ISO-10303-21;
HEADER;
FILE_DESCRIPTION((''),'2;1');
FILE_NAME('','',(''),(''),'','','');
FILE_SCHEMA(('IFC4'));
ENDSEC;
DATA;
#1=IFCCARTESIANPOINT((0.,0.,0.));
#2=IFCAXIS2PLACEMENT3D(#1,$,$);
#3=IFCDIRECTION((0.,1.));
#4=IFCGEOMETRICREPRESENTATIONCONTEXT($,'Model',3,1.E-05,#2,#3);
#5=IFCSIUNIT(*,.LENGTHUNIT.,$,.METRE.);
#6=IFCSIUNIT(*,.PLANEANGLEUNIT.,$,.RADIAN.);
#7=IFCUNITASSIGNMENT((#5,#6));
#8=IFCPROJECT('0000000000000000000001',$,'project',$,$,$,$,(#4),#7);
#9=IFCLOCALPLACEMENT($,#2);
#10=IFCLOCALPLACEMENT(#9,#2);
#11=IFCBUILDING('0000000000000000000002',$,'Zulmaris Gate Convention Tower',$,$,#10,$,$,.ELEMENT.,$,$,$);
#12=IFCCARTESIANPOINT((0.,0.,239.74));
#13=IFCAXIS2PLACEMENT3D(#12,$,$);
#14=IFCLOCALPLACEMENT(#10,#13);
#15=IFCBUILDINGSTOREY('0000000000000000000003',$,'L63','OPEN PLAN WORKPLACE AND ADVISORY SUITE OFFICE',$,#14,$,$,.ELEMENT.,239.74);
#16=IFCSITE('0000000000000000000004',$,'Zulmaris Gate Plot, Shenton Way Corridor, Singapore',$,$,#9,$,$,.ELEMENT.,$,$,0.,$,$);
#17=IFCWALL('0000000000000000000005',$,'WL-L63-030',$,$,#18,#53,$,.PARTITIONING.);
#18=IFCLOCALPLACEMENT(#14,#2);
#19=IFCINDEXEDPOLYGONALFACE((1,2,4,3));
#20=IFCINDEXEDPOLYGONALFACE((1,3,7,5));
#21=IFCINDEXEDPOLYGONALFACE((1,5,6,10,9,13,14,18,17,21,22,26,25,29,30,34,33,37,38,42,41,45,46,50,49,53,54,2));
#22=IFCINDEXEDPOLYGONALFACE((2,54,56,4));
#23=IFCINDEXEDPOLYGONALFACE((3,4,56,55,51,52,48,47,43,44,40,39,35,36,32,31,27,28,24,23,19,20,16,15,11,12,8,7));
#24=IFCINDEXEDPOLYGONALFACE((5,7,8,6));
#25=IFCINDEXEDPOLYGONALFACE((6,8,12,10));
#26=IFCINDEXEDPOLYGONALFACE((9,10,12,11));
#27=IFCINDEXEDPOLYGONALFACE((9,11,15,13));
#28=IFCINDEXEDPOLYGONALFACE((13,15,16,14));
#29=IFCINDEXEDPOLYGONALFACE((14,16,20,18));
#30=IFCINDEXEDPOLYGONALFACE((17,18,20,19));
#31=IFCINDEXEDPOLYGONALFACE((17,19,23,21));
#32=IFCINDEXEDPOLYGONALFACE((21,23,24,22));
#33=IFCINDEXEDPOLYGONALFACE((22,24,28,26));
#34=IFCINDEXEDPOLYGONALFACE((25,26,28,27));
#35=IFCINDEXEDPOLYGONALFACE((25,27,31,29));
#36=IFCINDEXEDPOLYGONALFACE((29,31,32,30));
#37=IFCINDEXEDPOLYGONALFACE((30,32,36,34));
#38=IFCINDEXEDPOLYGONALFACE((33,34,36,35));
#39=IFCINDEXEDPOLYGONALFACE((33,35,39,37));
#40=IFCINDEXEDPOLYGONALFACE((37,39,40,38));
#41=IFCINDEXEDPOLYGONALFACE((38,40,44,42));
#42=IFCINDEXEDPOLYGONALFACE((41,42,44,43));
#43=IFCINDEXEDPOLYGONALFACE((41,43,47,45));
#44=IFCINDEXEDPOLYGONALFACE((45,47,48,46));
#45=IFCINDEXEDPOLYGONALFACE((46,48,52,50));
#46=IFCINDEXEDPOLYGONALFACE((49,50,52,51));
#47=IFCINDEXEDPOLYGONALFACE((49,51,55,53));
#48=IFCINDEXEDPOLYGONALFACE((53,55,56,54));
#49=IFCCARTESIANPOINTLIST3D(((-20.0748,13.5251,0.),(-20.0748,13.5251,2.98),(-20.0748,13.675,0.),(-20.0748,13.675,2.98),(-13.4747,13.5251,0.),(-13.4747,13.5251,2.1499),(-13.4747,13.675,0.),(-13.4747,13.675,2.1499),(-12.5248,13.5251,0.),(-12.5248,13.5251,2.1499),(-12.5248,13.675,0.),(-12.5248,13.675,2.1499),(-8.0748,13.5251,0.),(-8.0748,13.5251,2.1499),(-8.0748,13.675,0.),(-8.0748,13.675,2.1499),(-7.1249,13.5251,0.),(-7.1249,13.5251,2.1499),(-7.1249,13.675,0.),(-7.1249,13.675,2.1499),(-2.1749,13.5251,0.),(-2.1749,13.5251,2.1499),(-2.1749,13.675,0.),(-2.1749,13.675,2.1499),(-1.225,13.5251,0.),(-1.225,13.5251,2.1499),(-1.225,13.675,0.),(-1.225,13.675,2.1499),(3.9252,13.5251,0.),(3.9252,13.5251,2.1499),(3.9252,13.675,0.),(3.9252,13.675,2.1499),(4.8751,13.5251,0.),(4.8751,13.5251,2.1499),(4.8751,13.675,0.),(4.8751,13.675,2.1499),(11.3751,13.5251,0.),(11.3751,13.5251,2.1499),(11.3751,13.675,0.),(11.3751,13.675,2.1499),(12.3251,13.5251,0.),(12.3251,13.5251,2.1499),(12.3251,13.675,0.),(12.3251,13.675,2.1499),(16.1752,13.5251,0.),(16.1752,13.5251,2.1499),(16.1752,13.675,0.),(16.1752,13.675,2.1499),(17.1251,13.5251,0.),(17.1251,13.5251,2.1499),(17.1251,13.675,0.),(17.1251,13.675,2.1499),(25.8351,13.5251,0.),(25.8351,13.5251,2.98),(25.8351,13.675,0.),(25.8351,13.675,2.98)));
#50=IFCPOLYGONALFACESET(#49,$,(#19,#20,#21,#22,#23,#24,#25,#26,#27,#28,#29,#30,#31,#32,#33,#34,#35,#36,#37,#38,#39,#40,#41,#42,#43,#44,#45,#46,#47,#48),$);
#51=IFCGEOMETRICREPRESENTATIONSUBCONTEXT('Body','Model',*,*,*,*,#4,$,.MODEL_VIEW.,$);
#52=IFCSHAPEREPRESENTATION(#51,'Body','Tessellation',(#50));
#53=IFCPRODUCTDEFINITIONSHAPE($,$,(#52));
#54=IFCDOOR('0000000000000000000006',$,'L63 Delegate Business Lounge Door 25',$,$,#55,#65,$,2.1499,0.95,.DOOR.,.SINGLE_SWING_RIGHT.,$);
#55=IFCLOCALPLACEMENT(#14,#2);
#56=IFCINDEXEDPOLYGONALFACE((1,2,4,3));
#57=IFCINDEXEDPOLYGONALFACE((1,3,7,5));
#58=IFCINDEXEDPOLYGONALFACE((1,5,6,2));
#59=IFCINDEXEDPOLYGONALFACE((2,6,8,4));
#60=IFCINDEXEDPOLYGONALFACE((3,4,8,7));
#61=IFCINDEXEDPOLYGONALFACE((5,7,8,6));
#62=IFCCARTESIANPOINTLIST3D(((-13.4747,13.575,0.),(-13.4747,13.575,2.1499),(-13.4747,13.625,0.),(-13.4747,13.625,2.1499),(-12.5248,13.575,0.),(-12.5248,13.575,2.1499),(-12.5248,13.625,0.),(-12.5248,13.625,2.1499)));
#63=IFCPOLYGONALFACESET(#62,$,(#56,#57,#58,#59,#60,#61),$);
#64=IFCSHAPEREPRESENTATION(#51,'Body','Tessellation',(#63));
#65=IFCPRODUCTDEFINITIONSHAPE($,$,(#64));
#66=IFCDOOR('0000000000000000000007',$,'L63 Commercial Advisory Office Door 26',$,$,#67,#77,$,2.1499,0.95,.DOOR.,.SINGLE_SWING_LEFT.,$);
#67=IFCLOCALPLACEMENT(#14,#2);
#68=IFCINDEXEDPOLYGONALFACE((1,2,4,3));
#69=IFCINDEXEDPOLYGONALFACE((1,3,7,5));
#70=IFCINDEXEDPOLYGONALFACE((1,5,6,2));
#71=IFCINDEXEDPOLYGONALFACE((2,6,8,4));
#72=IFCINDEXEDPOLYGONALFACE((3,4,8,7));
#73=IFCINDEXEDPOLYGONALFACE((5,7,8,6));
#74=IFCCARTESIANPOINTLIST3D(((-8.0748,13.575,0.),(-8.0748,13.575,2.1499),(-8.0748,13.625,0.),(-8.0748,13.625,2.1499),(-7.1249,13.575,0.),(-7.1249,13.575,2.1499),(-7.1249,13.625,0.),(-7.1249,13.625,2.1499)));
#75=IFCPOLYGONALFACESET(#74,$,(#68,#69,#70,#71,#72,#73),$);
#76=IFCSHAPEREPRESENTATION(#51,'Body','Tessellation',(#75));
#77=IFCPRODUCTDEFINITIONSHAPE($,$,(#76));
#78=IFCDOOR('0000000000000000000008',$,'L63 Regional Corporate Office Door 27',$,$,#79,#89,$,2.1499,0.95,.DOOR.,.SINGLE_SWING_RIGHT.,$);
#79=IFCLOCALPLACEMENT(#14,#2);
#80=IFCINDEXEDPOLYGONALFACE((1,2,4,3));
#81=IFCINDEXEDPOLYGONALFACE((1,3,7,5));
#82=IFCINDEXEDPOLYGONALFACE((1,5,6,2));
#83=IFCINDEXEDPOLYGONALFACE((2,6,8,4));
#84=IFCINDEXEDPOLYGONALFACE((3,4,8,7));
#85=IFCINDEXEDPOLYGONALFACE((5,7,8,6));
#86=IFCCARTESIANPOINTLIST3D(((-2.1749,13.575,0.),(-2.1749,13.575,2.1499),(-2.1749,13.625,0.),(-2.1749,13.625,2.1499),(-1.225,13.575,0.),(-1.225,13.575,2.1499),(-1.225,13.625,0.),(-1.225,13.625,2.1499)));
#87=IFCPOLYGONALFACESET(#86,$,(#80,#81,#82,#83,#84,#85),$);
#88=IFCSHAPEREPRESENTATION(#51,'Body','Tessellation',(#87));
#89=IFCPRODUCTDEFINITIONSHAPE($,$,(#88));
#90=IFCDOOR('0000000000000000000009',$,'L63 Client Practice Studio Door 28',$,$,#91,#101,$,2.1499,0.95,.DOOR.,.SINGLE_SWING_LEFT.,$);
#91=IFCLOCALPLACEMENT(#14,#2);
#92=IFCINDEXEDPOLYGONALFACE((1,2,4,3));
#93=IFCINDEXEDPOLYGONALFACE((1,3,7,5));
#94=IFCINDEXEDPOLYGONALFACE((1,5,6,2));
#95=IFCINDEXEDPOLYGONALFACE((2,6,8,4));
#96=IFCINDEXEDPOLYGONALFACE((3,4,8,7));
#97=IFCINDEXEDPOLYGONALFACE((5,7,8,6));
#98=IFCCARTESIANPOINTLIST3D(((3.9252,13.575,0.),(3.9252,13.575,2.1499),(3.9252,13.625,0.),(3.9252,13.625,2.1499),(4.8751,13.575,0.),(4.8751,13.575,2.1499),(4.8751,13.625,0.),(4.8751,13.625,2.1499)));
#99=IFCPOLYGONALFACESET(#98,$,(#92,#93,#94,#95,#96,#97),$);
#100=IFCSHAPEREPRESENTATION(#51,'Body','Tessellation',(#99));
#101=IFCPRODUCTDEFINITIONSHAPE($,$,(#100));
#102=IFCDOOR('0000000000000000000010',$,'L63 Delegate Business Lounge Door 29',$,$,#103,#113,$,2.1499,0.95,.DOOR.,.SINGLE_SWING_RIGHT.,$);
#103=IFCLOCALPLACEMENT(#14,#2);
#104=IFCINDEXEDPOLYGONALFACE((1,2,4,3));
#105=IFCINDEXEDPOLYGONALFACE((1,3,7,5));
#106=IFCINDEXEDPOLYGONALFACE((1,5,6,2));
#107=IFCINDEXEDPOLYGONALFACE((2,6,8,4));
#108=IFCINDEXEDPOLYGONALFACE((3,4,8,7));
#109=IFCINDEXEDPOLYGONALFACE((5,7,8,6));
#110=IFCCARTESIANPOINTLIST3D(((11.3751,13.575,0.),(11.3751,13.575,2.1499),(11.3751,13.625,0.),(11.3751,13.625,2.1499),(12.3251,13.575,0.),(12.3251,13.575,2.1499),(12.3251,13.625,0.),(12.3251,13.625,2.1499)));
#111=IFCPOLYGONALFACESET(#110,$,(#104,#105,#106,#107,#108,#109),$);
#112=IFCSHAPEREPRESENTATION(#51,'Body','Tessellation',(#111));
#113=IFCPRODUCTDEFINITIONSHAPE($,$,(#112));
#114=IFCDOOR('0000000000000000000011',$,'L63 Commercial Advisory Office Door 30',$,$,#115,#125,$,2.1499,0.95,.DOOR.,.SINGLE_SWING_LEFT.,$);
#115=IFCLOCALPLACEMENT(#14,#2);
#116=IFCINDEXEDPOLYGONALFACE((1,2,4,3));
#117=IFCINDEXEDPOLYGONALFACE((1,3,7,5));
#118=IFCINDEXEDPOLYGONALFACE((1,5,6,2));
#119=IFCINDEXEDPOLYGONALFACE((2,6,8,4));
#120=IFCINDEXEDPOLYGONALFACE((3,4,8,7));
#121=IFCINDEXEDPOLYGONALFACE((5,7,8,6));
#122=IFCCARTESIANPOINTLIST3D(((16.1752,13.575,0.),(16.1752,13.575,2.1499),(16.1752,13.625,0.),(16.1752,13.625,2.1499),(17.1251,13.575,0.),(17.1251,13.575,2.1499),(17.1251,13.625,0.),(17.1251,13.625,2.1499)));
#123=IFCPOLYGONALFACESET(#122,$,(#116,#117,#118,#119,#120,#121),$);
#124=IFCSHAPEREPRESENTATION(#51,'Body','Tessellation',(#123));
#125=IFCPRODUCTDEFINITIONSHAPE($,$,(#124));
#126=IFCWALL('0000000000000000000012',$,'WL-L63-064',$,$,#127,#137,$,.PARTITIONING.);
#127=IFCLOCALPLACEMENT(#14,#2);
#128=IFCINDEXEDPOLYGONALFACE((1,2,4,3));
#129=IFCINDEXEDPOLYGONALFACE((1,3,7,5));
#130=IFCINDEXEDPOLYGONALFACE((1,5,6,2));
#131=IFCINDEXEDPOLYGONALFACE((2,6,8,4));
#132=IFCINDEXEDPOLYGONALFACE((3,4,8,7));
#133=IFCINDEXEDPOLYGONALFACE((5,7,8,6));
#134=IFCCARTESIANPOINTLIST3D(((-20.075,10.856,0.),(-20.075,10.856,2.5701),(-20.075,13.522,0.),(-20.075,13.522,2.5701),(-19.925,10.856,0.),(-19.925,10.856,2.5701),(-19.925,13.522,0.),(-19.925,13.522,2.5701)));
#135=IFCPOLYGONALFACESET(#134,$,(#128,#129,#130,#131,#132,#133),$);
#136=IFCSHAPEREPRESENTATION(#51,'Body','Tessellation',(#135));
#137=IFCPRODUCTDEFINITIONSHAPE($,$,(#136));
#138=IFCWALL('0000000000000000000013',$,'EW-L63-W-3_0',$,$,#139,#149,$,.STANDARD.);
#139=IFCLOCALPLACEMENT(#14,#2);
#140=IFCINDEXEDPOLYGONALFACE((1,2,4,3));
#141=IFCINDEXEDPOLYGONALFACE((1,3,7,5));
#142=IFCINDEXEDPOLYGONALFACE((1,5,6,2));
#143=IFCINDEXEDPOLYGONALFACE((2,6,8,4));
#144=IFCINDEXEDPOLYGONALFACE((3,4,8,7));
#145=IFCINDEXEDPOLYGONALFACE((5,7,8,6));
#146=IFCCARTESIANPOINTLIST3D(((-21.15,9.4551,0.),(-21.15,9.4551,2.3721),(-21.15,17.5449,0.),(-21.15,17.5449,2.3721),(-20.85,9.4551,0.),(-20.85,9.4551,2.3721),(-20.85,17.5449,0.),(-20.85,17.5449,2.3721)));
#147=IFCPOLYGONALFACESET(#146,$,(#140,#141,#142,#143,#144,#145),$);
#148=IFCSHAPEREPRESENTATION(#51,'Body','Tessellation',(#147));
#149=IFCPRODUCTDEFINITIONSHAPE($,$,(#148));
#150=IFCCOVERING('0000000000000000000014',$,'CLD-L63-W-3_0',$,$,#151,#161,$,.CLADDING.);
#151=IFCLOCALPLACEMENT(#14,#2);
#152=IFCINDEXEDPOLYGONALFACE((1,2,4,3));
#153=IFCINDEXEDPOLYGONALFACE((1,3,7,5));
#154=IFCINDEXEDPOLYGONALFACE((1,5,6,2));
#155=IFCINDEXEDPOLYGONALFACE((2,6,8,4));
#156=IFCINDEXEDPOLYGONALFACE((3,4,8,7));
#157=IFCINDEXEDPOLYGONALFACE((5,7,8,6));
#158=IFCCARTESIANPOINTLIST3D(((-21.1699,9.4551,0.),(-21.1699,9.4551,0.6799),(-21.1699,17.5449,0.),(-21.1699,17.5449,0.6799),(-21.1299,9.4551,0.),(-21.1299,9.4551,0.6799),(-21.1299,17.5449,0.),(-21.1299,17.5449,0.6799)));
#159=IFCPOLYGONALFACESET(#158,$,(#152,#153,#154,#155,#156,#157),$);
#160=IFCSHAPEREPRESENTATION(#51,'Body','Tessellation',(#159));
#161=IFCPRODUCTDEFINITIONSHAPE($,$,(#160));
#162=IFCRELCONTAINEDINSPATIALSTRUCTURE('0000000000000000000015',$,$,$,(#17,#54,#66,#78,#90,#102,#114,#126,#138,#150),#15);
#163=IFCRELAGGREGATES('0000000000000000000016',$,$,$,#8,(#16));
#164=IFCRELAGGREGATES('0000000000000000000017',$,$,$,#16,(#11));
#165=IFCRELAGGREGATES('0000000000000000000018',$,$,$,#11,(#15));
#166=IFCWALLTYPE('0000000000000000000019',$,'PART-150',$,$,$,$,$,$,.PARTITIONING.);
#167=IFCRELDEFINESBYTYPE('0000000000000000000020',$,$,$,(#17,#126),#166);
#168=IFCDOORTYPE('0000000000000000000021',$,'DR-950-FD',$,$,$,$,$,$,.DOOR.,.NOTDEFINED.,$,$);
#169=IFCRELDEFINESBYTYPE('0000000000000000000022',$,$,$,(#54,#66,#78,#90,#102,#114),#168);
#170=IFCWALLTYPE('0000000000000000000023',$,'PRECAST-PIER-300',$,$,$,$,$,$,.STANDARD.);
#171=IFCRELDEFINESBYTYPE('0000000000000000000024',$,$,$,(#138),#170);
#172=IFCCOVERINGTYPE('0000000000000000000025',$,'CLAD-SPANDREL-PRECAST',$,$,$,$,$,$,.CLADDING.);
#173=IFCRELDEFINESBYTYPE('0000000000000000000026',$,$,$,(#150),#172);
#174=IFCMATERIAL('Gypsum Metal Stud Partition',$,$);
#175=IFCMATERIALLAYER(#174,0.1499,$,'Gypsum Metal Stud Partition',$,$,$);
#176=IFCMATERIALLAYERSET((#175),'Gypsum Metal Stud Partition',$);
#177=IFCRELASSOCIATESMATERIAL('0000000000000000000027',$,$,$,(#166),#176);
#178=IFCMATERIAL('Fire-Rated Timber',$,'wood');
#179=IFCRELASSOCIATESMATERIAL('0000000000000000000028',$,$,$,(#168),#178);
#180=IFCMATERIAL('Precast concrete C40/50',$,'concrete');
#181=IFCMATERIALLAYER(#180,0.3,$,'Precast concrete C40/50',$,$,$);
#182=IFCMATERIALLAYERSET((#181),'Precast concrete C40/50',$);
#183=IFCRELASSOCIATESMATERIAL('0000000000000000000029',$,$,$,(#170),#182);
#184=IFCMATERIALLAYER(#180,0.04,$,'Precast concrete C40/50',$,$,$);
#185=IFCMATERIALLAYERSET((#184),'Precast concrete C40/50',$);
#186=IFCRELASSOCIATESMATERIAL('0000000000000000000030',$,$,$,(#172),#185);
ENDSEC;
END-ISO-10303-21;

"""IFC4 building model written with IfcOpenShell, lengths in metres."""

from ifc_helpers import new_model, si_unit, direction, frame, frame_2d, origin, place, context, subcontext, project, spatial, rectangle, extrude, material, layer, layer_set, type_object, element, fill, save


model = new_model("IFC4")

# Units and contexts
model_context = context("Model", 3, precision=1e-05, world=origin(), true_north=direction((0.0, 1.0)))
body_context = subcontext(model_context, "Body", "Model", "MODEL_VIEW")
ifc_project = project(units=[si_unit("LENGTHUNIT", "METRE"), si_unit("PLANEANGLEUNIT", "RADIAN")], contexts=[model_context])

# Site, building, storey
site_placement = place(None, origin())
site = spatial("IfcSite", under=ifc_project, at=site_placement, Name="Zulmaris Gate Plot, Shenton Way Corridor, Singapore", CompositionType="ELEMENT", RefElevation=0.0)
building_placement = place(site_placement, origin())
building = spatial("IfcBuilding", under=site, at=building_placement, Name="Zulmaris Gate Convention Tower", CompositionType="ELEMENT")
storey_placement = place(building_placement, frame((0.0, 0.0, 239.74)))
storey = spatial("IfcBuildingStorey", under=building, at=storey_placement, Name="L63", Description="OPEN PLAN WORKPLACE AND ADVISORY SUITE OFFICE", CompositionType="ELEMENT", Elevation=239.74)

# Wall, openings, doors
ifc_material_1 = material(Name="Gypsum Metal Stud Partition")
ifc_layer_1 = layer(ifc_material_1, 0.1499, Name="Gypsum Metal Stud Partition")
ifc_layer_set_1 = layer_set([ifc_layer_1], Name="Gypsum Metal Stud Partition")
wall_type_1 = type_object("IfcWallType", Name="PART-150", PredefinedType="PARTITIONING", material=ifc_layer_set_1)
wall_1_placement = place(storey_placement, frame((-20.075, 13.6001, 0.0), z_axis=(0.0, 0.0, 1.0), x_axis=(1.0, 0.0, 0.0)))
wall_1 = element("IfcWall", 1, at=wall_1_placement, inside=storey, type_object=wall_type_1, Name="WL-L63-030", PredefinedType="PARTITIONING", context=body_context, shape_type="SweptSolid", body=[
    extrude(rectangle(XDim=45.9099, YDim=0.1499, at=frame_2d((22.9551, 0.0))), origin(), (0.0, 0.0, 1.0), 2.98),
])
opening_1_placement = place(wall_1_placement, frame((6.6001, 0.0, 0.0)))
opening_1 = element("IfcOpeningElement", 2, at=opening_1_placement, cuts=wall_1, PredefinedType="OPENING", context=body_context, shape_type="SweptSolid", body=[
    extrude(rectangle(XDim=0.95, YDim=2.1499, at=frame_2d((0.4751, 1.075))), frame((0.0, 0.085, 0.0), z_axis=(0.0, -1.0, 0.0), x_axis=(1.0, 0.0, 0.0)), (0.0, 0.0, 1.0), 0.1699),
])
opening_2_placement = place(wall_1_placement, frame((12.0, 0.0, 0.0)))
opening_2 = element("IfcOpeningElement", 3, at=opening_2_placement, cuts=wall_1, PredefinedType="OPENING", context=body_context, shape_type="SweptSolid", body=[
    extrude(rectangle(XDim=0.95, YDim=2.1499, at=frame_2d((0.4751, 1.075))), frame((0.0, 0.085, 0.0), z_axis=(0.0, -1.0, 0.0), x_axis=(1.0, 0.0, 0.0)), (0.0, 0.0, 1.0), 0.1699),
])
opening_3_placement = place(wall_1_placement, frame((17.8999, 0.0, 0.0)))
opening_3 = element("IfcOpeningElement", 4, at=opening_3_placement, cuts=wall_1, PredefinedType="OPENING", context=body_context, shape_type="SweptSolid", body=[
    extrude(rectangle(XDim=0.95, YDim=2.1499, at=frame_2d((0.4751, 1.075))), frame((0.0, 0.085, 0.0), z_axis=(0.0, -1.0, 0.0), x_axis=(1.0, 0.0, 0.0)), (0.0, 0.0, 1.0), 0.1699),
])
opening_4_placement = place(wall_1_placement, frame((24.0, 0.0, 0.0)))
opening_4 = element("IfcOpeningElement", 5, at=opening_4_placement, cuts=wall_1, PredefinedType="OPENING", context=body_context, shape_type="SweptSolid", body=[
    extrude(rectangle(XDim=0.95, YDim=2.1499, at=frame_2d((0.4751, 1.075))), frame((0.0, 0.085, 0.0), z_axis=(0.0, -1.0, 0.0), x_axis=(1.0, 0.0, 0.0)), (0.0, 0.0, 1.0), 0.1699),
])
opening_5_placement = place(wall_1_placement, frame((31.45, 0.0, 0.0)))
opening_5 = element("IfcOpeningElement", 6, at=opening_5_placement, cuts=wall_1, PredefinedType="OPENING", context=body_context, shape_type="SweptSolid", body=[
    extrude(rectangle(XDim=0.95, YDim=2.1499, at=frame_2d((0.4751, 1.075))), frame((0.0, 0.085, 0.0), z_axis=(0.0, -1.0, 0.0), x_axis=(1.0, 0.0, 0.0)), (0.0, 0.0, 1.0), 0.1699),
])
opening_6_placement = place(wall_1_placement, frame((36.25, 0.0, 0.0)))
opening_6 = element("IfcOpeningElement", 7, at=opening_6_placement, cuts=wall_1, PredefinedType="OPENING", context=body_context, shape_type="SweptSolid", body=[
    extrude(rectangle(XDim=0.95, YDim=2.1499, at=frame_2d((0.4751, 1.075))), frame((0.0, 0.085, 0.0), z_axis=(0.0, -1.0, 0.0), x_axis=(1.0, 0.0, 0.0)), (0.0, 0.0, 1.0), 0.1699),
])
ifc_material_2 = material(Name="Fire-Rated Timber", Category="wood")
door_type_1 = type_object("IfcDoorType", Name="DR-950-FD", OperationType="NOTDEFINED", PredefinedType="DOOR", material=ifc_material_2)
door_1_placement = place(opening_1_placement, origin())
door_1 = element("IfcDoor", 8, at=door_1_placement, inside=storey, type_object=door_type_1, Name="L63 Delegate Business Lounge Door 25", OperationType="SINGLE_SWING_RIGHT", OverallHeight=2.1499, OverallWidth=0.95, PredefinedType="DOOR", context=body_context, shape_type="SweptSolid", body=[
    extrude(rectangle(XDim=0.95, YDim=2.1499, at=frame_2d((0.4751, 1.075))), frame((0.0, 0.0249, 0.0), z_axis=(0.0, -1.0, 0.0), x_axis=(1.0, 0.0, 0.0)), (0.0, 0.0, 1.0), 0.05),
])
fill(opening_1, door_1)
door_2_placement = place(opening_2_placement, origin())
door_2 = element("IfcDoor", 9, at=door_2_placement, inside=storey, type_object=door_type_1, Name="L63 Commercial Advisory Office Door 26", OperationType="SINGLE_SWING_LEFT", OverallHeight=2.1499, OverallWidth=0.95, PredefinedType="DOOR", context=body_context, shape_type="SweptSolid", body=[
    extrude(rectangle(XDim=0.95, YDim=2.1499, at=frame_2d((0.4751, 1.075))), frame((0.0, 0.0249, 0.0), z_axis=(0.0, -1.0, 0.0), x_axis=(1.0, 0.0, 0.0)), (0.0, 0.0, 1.0), 0.05),
])
fill(opening_2, door_2)
door_3_placement = place(opening_3_placement, origin())
door_3 = element("IfcDoor", 10, at=door_3_placement, inside=storey, type_object=door_type_1, Name="L63 Regional Corporate Office Door 27", OperationType="SINGLE_SWING_RIGHT", OverallHeight=2.1499, OverallWidth=0.95, PredefinedType="DOOR", context=body_context, shape_type="SweptSolid", body=[
    extrude(rectangle(XDim=0.95, YDim=2.1499, at=frame_2d((0.4751, 1.075))), frame((0.0, 0.0249, 0.0), z_axis=(0.0, -1.0, 0.0), x_axis=(1.0, 0.0, 0.0)), (0.0, 0.0, 1.0), 0.05),
])
fill(opening_3, door_3)
door_4_placement = place(opening_4_placement, origin())
door_4 = element("IfcDoor", 11, at=door_4_placement, inside=storey, type_object=door_type_1, Name="L63 Client Practice Studio Door 28", OperationType="SINGLE_SWING_LEFT", OverallHeight=2.1499, OverallWidth=0.95, PredefinedType="DOOR", context=body_context, shape_type="SweptSolid", body=[
    extrude(rectangle(XDim=0.95, YDim=2.1499, at=frame_2d((0.4751, 1.075))), frame((0.0, 0.0249, 0.0), z_axis=(0.0, -1.0, 0.0), x_axis=(1.0, 0.0, 0.0)), (0.0, 0.0, 1.0), 0.05),
])
fill(opening_4, door_4)
door_5_placement = place(opening_5_placement, origin())
door_5 = element("IfcDoor", 12, at=door_5_placement, inside=storey, type_object=door_type_1, Name="L63 Delegate Business Lounge Door 29", OperationType="SINGLE_SWING_RIGHT", OverallHeight=2.1499, OverallWidth=0.95, PredefinedType="DOOR", context=body_context, shape_type="SweptSolid", body=[
    extrude(rectangle(XDim=0.95, YDim=2.1499, at=frame_2d((0.4751, 1.075))), frame((0.0, 0.0249, 0.0), z_axis=(0.0, -1.0, 0.0), x_axis=(1.0, 0.0, 0.0)), (0.0, 0.0, 1.0), 0.05),
])
fill(opening_5, door_5)
door_6_placement = place(opening_6_placement, origin())
door_6 = element("IfcDoor", 13, at=door_6_placement, inside=storey, type_object=door_type_1, Name="L63 Commercial Advisory Office Door 30", OperationType="SINGLE_SWING_LEFT", OverallHeight=2.1499, OverallWidth=0.95, PredefinedType="DOOR", context=body_context, shape_type="SweptSolid", body=[
    extrude(rectangle(XDim=0.95, YDim=2.1499, at=frame_2d((0.4751, 1.075))), frame((0.0, 0.0249, 0.0), z_axis=(0.0, -1.0, 0.0), x_axis=(1.0, 0.0, 0.0)), (0.0, 0.0, 1.0), 0.05),
])
fill(opening_6, door_6)

# Walls
wall_2_placement = place(storey_placement, frame((-20.0, 10.856, 0.0), z_axis=(0.0, 0.0, 1.0), x_axis=(0.0, 1.0, 0.0)))
element("IfcWall", 14, at=wall_2_placement, inside=storey, type_object=wall_type_1, Name="WL-L63-064", PredefinedType="PARTITIONING", context=body_context, shape_type="SweptSolid", body=[
    extrude(rectangle(XDim=2.666, YDim=0.1499, at=frame_2d((1.333, 0.0))), origin(), (0.0, 0.0, 1.0), 2.5701),
])
ifc_material_3 = material(Name="Precast concrete C40/50", Category="concrete")
ifc_layer_2 = layer(ifc_material_3, 0.3, Name="Precast concrete C40/50")
ifc_layer_set_2 = layer_set([ifc_layer_2], Name="Precast concrete C40/50")
wall_type_2 = type_object("IfcWallType", Name="PRECAST-PIER-300", PredefinedType="STANDARD", material=ifc_layer_set_2)
wall_3_placement = place(storey_placement, frame((-21.0, 17.5449, 0.0), z_axis=(0.0, 0.0, 1.0), x_axis=(0.0, -1.0, 0.0)))
element("IfcWall", 15, at=wall_3_placement, inside=storey, type_object=wall_type_2, Name="EW-L63-W-3_0", PredefinedType="STANDARD", context=body_context, shape_type="SweptSolid", body=[
    extrude(rectangle(XDim=8.0898, YDim=0.3, at=frame_2d((4.0449, 0.0))), origin(), (0.0, 0.0, 1.0), 2.3721),
])

# Covering
ifc_layer_3 = layer(ifc_material_3, 0.04, Name="Precast concrete C40/50")
ifc_layer_set_3 = layer_set([ifc_layer_3], Name="Precast concrete C40/50")
covering_type = type_object("IfcCoveringType", Name="CLAD-SPANDREL-PRECAST", PredefinedType="CLADDING", material=ifc_layer_set_3)
covering_placement = place(storey_placement, frame((-21.1499, 17.5449, 0.0), z_axis=(0.0, 0.0, 1.0), x_axis=(0.0, -1.0, 0.0)))
element("IfcCovering", 16, at=covering_placement, inside=storey, type_object=covering_type, Name="CLD-L63-W-3_0", PredefinedType="CLADDING", context=body_context, shape_type="SweptSolid", body=[
    extrude(rectangle(XDim=8.0898, YDim=0.04, at=frame_2d((4.0449, 0.0))), origin(), (0.0, 0.0, 1.0), 0.6799),
])

save(model, "model.ifc")
